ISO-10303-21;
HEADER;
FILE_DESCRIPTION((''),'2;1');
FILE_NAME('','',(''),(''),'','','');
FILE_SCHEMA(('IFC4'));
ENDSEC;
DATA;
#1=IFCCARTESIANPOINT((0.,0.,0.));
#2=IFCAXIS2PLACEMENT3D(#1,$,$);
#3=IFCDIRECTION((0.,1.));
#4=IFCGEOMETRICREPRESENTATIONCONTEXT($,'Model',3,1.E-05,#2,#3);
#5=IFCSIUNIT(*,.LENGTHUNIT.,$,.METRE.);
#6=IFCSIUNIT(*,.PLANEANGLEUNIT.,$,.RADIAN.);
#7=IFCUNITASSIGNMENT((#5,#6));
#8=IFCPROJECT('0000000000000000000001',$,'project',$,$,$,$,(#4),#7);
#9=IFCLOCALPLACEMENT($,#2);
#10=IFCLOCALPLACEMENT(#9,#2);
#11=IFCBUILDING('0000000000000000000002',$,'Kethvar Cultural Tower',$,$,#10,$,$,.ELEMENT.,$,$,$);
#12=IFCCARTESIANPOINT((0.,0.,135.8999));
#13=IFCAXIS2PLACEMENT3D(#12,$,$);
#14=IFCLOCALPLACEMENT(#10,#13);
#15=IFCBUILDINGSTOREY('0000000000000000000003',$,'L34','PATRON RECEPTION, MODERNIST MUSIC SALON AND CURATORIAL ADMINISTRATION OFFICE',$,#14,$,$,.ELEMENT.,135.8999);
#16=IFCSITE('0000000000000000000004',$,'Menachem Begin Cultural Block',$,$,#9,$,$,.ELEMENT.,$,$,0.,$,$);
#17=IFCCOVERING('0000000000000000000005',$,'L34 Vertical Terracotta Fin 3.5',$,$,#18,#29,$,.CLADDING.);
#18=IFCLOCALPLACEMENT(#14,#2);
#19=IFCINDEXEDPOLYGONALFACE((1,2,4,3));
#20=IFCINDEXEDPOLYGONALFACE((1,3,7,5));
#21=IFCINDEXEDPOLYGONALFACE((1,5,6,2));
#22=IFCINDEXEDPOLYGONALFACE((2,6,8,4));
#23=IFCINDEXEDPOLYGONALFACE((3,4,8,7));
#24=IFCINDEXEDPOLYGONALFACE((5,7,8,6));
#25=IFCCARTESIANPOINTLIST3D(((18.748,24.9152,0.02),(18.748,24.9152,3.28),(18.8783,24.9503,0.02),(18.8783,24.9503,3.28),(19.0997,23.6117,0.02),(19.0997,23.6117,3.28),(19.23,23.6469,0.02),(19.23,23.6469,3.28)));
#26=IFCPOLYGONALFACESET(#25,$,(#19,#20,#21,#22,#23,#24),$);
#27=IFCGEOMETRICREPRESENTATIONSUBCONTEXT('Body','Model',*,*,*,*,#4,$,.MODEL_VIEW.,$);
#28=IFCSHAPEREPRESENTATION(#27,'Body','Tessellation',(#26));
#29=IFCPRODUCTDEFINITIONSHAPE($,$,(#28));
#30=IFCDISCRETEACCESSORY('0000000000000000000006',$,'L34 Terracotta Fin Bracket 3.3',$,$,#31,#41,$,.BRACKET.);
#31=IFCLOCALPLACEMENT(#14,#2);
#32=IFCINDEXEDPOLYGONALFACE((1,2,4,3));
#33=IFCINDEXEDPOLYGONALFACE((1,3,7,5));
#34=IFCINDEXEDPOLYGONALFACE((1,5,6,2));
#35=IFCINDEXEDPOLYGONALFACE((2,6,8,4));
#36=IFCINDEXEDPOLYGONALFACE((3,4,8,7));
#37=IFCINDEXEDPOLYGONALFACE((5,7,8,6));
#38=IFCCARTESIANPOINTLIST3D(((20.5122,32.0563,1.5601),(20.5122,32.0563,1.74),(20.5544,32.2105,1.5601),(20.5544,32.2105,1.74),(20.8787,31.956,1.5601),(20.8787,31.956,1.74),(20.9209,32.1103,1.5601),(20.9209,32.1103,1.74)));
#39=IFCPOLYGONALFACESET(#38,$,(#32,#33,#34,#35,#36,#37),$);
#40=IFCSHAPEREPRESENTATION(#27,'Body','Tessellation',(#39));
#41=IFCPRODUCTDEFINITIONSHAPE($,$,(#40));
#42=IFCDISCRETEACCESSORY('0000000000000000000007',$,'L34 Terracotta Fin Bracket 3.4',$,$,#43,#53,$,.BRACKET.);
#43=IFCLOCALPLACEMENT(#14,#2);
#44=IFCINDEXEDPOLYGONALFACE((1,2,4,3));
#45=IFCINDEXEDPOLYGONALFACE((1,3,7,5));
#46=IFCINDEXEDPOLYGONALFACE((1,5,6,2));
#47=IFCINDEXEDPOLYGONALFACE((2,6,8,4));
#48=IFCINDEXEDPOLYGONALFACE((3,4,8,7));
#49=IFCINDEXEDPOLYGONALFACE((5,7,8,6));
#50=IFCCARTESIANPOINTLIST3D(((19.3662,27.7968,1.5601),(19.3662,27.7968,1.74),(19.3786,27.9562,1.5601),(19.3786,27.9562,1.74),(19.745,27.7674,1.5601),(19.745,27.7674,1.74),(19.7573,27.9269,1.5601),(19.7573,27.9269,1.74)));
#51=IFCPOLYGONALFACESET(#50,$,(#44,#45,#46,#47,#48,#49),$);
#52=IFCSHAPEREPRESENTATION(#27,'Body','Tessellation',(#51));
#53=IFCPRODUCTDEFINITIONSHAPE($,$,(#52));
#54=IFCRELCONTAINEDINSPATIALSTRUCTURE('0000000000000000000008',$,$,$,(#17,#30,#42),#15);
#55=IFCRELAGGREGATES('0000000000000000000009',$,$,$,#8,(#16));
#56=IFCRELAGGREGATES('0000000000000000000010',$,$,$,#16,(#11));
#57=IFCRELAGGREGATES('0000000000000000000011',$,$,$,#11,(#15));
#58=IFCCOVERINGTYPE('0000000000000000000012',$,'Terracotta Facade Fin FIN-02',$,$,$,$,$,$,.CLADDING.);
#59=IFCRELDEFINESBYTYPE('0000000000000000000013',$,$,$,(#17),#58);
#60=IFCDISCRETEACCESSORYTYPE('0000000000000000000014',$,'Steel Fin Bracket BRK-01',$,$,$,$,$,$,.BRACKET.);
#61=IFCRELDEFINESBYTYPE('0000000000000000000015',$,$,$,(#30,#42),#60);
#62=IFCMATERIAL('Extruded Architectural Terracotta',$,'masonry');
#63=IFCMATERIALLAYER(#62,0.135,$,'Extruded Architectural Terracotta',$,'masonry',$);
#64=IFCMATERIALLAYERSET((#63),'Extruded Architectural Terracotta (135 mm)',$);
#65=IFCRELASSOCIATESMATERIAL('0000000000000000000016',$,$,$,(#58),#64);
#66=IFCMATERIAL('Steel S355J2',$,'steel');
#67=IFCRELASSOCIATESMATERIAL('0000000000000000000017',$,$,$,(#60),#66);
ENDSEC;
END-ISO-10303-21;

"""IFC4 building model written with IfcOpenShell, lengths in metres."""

from ifc_helpers import new_model, si_unit, direction, frame, origin, origin_2d, place, context, subcontext, project, spatial, rectangle, extrude, source, transform, mapped, material, layer, layer_set, type_object, element, save


model = new_model("IFC4")

# Units and contexts
model_context = context("Model", 3, precision=1e-05, world=origin(), true_north=direction((0.0, 1.0)))
body_context = subcontext(model_context, "Body", "Model", "MODEL_VIEW")
ifc_project = project(units=[si_unit("LENGTHUNIT", "METRE"), si_unit("PLANEANGLEUNIT", "RADIAN")], contexts=[model_context])

# Site, building, storey
site_placement = place(None, origin())
site = spatial("IfcSite", under=ifc_project, at=site_placement, Name="Menachem Begin Cultural Block", CompositionType="ELEMENT", RefElevation=0.0)
building_placement = place(site_placement, origin())
building = spatial("IfcBuilding", under=site, at=building_placement, Name="Kethvar Cultural Tower", CompositionType="ELEMENT")
storey_placement = place(building_placement, frame((0.0, 0.0, 135.8999)))
storey = spatial("IfcBuildingStorey", under=building, at=storey_placement, Name="L34", Description="PATRON RECEPTION, MODERNIST MUSIC SALON AND CURATORIAL ADMINISTRATION OFFICE", CompositionType="ELEMENT", Elevation=135.8999)

# Shared definitions
ifc_material_1 = material(Name="Steel S355J2", Category="steel")

# Covering
ifc_material_2 = material(Name="Extruded Architectural Terracotta", Category="masonry")
ifc_layer_1 = layer(ifc_material_2, 0.135, Name="Extruded Architectural Terracotta", Category="masonry")
ifc_layer_set_1 = layer_set([ifc_layer_1], Name="Extruded Architectural Terracotta (135 mm)")
covering_type = type_object("IfcCoveringType", Name="Terracotta Facade Fin FIN-02", PredefinedType="CLADDING", material=ifc_layer_set_1)
shared_shape_1 = source(origin(), body_context, "Body", "SweptSolid", [
    extrude(rectangle(XDim=1.3501, YDim=0.135, at=origin_2d()), origin(), (0.0, 0.0, 1.0), 3.26),
])
for number, where, z_axis, x_axis, name in (
    (1, (18.989, 24.281, 0.02), (0.0, 0.0, 1.0), (-0.260505, 0.965473, 0.0), "L34 Vertical Terracotta Fin 3.5"),
):
    element("IfcCovering", number, at=place(storey_placement, frame(where, z_axis=z_axis, x_axis=x_axis)), inside=storey, type_object=covering_type, Name=name, PredefinedType="CLADDING", context=body_context, shape_type="MappedRepresentation", body=[
        mapped(shared_shape_1, transform((0.0, 0.0, 0.0), scale=1.0)),
    ])

# Discrete accessories
discrete_accessory_type = type_object("IfcDiscreteAccessoryType", Name="Steel Fin Bracket BRK-01", PredefinedType="BRACKET", material=ifc_material_1)
shared_shape_2 = source(origin(), body_context, "Body", "SweptSolid", [
    extrude(rectangle(XDim=0.3799, YDim=0.1599, at=origin_2d()), origin(), (0.0, 0.0, 1.0), 0.1799),
])
for number, where, z_axis, x_axis, name in (
    (2, (20.7166, 32.0833, 1.5601), (0.0, 0.0, 1.0), (-0.964557, 0.263873, 0.0), "L34 Terracotta Fin Bracket 3.3"),
    (3, (19.5618, 27.8618, 1.5601), (0.0, 0.0, 1.0), (-0.997012, 0.077241, 0.0), "L34 Terracotta Fin Bracket 3.4"),
):
    element("IfcDiscreteAccessory", number, at=place(storey_placement, frame(where, z_axis=z_axis, x_axis=x_axis)), inside=storey, type_object=discrete_accessory_type, Name=name, PredefinedType="BRACKET", context=body_context, shape_type="MappedRepresentation", body=[
        mapped(shared_shape_2, transform((0.0, 0.0, 0.0), scale=1.0)),
    ])

save(model, "model.ifc")
